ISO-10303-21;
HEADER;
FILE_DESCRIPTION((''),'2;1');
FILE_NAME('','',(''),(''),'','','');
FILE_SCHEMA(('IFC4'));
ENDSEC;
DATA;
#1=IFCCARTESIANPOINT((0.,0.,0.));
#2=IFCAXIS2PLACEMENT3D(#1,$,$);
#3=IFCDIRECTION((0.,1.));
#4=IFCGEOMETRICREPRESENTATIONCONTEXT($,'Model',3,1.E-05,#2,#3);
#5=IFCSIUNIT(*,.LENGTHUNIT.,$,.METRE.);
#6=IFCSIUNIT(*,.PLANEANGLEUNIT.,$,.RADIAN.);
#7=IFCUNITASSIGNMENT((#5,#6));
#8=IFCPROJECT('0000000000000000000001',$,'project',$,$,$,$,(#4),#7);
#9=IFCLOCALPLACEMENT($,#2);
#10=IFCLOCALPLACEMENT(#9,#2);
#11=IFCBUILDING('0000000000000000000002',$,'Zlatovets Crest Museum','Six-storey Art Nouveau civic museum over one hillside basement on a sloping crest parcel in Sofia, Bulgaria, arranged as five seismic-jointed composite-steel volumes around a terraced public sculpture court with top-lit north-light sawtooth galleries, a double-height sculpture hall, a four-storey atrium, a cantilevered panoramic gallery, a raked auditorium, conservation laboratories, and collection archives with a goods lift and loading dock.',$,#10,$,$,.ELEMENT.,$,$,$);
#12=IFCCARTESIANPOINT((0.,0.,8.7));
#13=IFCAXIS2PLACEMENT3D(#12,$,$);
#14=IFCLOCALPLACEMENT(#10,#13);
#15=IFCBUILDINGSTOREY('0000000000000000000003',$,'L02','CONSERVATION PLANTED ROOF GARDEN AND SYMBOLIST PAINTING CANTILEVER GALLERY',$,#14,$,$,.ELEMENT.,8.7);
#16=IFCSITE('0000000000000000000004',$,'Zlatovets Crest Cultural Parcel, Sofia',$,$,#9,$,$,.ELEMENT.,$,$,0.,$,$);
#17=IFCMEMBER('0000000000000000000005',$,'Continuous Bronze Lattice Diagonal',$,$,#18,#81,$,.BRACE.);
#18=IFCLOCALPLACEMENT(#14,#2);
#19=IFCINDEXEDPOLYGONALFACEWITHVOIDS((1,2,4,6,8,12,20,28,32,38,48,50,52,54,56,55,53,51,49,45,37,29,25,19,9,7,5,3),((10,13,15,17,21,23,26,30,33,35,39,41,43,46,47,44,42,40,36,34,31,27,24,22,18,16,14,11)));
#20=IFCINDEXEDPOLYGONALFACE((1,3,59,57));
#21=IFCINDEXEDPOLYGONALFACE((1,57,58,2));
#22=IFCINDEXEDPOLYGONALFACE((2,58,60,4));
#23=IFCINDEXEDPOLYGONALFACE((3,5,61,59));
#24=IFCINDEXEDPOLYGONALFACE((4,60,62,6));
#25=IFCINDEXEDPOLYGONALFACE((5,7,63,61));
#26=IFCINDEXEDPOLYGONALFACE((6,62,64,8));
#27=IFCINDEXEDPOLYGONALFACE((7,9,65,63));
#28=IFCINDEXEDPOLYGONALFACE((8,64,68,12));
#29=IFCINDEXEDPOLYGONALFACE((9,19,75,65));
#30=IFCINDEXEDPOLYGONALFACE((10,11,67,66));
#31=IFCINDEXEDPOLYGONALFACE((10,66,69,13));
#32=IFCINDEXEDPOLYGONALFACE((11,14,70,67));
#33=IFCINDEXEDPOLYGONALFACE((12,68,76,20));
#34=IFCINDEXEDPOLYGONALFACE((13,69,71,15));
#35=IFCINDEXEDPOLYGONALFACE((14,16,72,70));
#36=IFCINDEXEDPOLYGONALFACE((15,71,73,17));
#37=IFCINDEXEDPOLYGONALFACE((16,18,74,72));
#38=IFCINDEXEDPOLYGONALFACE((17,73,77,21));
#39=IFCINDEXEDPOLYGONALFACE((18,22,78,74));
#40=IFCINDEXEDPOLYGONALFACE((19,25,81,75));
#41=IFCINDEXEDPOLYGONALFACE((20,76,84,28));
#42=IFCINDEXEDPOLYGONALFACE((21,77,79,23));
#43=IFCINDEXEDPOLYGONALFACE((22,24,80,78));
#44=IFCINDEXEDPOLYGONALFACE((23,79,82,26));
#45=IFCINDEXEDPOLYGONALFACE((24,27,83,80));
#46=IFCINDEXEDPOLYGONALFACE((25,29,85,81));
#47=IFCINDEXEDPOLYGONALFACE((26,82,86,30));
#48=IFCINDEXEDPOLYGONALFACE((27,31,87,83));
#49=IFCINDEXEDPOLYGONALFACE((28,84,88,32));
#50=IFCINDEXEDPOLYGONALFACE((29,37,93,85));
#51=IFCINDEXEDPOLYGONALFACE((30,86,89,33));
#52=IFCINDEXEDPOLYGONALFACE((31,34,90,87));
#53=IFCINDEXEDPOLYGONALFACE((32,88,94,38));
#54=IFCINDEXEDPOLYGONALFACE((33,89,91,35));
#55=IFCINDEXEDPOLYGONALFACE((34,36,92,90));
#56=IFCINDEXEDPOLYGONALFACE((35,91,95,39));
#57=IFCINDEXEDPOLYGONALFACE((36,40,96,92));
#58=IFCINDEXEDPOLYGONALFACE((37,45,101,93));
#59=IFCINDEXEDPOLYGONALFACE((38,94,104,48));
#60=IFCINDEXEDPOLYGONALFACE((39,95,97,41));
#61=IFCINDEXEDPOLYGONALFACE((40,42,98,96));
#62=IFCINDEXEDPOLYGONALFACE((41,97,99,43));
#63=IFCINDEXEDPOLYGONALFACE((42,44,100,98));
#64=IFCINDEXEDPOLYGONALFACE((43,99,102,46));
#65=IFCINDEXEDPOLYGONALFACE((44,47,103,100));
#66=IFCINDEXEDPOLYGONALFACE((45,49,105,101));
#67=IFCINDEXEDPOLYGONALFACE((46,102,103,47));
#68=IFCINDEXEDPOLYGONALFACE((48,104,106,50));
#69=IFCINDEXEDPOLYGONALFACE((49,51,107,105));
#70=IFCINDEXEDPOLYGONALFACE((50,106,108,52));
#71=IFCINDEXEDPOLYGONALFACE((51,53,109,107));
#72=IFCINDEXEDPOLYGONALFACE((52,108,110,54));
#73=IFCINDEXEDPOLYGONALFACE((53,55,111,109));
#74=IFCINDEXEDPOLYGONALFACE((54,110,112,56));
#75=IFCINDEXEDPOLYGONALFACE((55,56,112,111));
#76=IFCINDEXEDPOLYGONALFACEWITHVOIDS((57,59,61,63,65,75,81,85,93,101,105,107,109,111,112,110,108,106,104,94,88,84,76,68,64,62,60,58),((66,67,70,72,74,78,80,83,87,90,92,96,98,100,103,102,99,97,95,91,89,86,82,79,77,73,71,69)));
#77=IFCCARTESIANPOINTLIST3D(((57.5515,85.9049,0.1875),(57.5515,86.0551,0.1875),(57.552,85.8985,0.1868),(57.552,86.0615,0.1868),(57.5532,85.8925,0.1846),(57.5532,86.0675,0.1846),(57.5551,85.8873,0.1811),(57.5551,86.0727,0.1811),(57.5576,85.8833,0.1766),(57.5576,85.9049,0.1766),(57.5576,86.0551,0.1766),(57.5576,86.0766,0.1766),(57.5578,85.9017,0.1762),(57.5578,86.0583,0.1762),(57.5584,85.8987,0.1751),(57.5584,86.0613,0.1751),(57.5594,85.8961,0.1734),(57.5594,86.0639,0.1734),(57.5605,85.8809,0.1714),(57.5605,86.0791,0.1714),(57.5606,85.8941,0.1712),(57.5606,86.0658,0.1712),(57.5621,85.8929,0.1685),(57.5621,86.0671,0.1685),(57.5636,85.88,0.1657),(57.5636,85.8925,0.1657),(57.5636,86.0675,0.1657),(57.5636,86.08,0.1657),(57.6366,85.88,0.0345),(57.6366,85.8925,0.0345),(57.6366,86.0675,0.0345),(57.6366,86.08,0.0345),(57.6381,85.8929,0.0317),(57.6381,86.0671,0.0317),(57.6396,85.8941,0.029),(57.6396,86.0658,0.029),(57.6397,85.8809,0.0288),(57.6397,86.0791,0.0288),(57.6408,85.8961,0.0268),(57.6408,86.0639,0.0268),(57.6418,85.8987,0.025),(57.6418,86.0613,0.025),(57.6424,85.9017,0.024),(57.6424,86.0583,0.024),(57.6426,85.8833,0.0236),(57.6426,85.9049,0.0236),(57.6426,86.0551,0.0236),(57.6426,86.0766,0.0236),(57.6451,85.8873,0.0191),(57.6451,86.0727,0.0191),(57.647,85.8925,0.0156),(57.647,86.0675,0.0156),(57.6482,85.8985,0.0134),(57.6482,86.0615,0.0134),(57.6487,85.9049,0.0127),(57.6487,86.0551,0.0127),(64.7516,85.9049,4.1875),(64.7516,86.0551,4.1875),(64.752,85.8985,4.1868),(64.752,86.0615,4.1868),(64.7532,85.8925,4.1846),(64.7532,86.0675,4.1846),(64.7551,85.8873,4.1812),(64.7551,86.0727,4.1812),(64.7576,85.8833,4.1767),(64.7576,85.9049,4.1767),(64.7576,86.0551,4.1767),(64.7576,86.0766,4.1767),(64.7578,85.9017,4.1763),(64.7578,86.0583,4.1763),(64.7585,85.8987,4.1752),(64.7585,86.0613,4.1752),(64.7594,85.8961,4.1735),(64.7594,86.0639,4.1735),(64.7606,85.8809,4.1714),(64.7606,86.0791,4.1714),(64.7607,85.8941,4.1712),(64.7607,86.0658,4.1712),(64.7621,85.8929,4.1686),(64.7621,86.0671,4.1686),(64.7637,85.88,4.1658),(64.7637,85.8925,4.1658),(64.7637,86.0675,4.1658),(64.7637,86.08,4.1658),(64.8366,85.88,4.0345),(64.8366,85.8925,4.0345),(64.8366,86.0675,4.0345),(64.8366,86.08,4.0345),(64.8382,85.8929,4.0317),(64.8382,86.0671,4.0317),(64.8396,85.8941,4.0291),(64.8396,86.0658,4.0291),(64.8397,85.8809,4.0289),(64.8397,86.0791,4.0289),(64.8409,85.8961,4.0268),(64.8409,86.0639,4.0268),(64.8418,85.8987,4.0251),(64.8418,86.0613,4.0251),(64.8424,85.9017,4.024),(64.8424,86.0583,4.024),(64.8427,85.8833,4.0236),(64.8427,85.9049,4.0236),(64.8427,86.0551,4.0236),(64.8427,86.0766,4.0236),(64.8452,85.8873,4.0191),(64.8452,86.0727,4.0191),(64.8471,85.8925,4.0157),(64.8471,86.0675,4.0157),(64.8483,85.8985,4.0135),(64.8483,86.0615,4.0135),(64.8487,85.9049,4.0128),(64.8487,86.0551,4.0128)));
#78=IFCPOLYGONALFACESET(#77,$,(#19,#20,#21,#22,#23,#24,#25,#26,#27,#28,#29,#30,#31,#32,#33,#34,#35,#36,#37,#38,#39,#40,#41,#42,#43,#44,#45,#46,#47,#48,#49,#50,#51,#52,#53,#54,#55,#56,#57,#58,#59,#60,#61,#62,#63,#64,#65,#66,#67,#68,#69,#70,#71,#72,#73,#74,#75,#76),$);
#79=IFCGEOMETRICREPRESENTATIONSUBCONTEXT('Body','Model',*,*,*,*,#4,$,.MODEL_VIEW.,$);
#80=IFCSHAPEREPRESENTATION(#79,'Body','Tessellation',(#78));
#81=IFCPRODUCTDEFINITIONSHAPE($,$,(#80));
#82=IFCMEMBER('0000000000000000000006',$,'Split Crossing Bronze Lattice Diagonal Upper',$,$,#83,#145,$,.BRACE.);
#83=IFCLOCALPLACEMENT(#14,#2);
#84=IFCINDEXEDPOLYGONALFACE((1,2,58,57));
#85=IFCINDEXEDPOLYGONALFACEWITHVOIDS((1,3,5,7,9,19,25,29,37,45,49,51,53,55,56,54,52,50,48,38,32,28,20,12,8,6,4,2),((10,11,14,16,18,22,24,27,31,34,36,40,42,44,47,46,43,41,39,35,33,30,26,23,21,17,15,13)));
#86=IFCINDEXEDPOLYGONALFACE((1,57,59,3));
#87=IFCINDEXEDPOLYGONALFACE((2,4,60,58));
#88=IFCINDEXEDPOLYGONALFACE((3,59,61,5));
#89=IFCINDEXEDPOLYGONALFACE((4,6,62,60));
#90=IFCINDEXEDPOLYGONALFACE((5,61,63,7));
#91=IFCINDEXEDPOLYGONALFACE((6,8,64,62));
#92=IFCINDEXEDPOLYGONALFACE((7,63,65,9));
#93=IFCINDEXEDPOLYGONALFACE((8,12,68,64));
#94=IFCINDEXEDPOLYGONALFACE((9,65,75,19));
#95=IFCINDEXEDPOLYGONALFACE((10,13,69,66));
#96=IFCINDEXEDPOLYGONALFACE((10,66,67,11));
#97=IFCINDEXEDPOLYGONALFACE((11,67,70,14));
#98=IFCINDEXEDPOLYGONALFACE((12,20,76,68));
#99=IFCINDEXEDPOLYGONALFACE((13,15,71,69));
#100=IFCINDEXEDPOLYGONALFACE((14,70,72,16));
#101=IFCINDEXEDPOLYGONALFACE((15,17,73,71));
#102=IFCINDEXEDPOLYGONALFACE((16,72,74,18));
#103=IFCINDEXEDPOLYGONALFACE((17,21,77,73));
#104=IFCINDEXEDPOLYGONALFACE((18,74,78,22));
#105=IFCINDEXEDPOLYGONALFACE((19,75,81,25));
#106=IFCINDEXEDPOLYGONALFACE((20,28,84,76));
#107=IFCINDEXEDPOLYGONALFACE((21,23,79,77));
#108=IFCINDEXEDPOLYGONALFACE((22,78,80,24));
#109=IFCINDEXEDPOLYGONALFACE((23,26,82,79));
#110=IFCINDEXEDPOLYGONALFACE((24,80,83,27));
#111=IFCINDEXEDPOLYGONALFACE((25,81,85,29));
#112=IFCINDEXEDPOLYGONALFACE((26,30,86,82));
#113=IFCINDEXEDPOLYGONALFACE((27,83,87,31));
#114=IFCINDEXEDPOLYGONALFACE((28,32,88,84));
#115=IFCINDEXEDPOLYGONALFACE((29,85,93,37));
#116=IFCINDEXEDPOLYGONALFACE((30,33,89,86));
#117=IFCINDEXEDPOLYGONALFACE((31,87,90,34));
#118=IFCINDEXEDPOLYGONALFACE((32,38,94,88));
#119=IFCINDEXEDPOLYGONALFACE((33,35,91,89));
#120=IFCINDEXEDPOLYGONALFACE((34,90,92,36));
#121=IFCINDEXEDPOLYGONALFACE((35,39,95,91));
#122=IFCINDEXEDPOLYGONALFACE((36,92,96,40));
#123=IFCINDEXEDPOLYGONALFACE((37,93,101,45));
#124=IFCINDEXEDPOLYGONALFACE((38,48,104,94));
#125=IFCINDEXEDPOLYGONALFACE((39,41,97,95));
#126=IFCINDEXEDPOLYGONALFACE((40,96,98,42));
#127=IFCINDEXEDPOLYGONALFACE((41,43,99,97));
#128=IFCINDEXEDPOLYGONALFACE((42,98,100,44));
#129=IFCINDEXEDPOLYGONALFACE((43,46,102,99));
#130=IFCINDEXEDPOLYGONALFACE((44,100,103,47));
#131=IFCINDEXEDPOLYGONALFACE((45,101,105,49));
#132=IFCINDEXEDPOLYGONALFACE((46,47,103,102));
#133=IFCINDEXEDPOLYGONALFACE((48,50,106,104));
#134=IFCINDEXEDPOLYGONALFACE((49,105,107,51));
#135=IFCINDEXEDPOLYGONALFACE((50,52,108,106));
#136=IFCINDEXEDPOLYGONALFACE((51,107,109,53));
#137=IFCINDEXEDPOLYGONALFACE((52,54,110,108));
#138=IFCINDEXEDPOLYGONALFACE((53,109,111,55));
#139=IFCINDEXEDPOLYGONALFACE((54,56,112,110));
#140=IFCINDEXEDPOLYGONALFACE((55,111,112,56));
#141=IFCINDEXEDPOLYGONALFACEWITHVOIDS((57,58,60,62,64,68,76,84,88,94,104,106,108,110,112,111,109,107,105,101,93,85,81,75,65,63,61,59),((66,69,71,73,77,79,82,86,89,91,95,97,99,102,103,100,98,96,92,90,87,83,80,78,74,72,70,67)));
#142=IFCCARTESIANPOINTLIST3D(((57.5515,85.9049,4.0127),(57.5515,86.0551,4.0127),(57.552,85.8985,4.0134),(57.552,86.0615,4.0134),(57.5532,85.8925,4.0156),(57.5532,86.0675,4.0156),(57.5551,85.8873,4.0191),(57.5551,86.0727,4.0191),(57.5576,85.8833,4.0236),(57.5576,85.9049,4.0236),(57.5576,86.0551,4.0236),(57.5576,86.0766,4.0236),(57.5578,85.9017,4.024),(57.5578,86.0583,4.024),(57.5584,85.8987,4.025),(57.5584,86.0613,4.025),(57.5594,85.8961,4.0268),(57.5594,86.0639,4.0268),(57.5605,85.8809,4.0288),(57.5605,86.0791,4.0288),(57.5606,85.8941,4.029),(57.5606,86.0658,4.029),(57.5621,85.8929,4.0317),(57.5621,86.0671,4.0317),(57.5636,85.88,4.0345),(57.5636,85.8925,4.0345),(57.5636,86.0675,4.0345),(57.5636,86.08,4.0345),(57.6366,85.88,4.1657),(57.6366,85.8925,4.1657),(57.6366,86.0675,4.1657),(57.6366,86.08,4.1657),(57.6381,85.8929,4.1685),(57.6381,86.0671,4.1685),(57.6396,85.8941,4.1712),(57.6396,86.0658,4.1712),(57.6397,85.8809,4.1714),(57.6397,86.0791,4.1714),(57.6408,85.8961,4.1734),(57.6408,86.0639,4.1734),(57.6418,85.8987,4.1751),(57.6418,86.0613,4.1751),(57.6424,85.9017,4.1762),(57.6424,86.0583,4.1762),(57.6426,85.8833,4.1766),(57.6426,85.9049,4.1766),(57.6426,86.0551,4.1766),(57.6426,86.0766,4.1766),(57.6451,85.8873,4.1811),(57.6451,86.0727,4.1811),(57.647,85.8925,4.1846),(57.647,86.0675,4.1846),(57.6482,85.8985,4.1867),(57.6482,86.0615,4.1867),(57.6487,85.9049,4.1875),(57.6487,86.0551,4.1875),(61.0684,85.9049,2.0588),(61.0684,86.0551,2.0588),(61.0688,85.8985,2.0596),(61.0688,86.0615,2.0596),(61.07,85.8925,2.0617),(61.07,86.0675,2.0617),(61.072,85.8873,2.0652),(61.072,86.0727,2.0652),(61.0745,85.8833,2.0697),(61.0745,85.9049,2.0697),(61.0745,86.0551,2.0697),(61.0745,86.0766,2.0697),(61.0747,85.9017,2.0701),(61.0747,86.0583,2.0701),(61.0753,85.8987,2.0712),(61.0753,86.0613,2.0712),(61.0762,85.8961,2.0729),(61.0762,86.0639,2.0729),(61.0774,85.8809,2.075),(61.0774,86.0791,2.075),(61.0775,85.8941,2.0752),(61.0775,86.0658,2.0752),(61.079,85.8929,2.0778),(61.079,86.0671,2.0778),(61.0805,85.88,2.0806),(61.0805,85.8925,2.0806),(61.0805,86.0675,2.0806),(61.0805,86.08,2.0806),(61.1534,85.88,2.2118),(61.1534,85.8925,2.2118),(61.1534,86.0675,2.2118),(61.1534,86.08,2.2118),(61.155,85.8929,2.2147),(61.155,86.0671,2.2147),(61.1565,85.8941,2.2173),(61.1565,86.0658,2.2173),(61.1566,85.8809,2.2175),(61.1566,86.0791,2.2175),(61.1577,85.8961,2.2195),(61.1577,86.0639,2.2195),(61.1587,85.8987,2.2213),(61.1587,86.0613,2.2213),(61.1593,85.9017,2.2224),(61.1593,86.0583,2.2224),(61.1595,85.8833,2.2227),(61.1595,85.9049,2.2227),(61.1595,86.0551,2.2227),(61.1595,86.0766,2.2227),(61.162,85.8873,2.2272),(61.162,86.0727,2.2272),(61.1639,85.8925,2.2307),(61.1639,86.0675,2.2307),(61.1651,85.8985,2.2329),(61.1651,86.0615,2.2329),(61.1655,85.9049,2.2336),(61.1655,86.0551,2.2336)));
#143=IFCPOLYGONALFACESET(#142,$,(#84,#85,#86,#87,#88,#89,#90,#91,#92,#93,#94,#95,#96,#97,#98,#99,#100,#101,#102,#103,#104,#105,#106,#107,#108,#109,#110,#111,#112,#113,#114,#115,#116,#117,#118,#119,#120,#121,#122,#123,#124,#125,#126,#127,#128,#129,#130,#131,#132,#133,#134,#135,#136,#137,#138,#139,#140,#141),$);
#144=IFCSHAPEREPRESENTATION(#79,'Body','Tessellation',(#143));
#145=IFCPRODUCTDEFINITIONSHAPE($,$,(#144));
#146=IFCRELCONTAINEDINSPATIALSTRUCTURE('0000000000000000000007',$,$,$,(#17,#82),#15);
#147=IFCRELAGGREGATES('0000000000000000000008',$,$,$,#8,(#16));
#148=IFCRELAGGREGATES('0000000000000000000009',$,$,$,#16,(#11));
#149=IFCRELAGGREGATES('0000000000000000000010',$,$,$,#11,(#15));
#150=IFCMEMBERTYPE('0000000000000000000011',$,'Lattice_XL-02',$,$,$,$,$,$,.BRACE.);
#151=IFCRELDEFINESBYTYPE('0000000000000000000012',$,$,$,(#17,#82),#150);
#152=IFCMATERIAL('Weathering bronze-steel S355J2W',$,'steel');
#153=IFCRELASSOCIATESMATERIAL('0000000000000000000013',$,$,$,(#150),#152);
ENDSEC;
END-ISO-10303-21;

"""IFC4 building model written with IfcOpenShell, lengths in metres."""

from ifc_helpers import new_model, si_unit, direction, frame, origin, origin_2d, place, context, subcontext, project, spatial, hollow_rectangle, extrude, material, material_profile, profile_set, type_object, element, save


model = new_model("IFC4")

# Units and contexts
model_context = context("Model", 3, precision=1e-05, world=origin(), true_north=direction((0.0, 1.0)))
body_context = subcontext(model_context, "Body", "Model", "MODEL_VIEW")
ifc_project = project(units=[si_unit("LENGTHUNIT", "METRE"), si_unit("PLANEANGLEUNIT", "RADIAN")], contexts=[model_context])

# Site, building, storey
site_placement = place(None, origin())
site = spatial("IfcSite", under=ifc_project, at=site_placement, Name="Zlatovets Crest Cultural Parcel, Sofia", CompositionType="ELEMENT", RefElevation=0.0)
building_placement = place(site_placement, origin())
building = spatial("IfcBuilding", under=site, at=building_placement, Name="Zlatovets Crest Museum", Description="Six-storey Art Nouveau civic museum over one hillside basement on a sloping crest parcel in Sofia, Bulgaria, arranged as five seismic-jointed composite-steel volumes around a terraced public sculpture court with top-lit north-light sawtooth galleries, a double-height sculpture hall, a four-storey atrium, a cantilevered panoramic gallery, a raked auditorium, conservation laboratories, and collection archives with a goods lift and loading dock.", CompositionType="ELEMENT")
storey_placement = place(building_placement, frame((0.0, 0.0, 8.7)))
storey = spatial("IfcBuildingStorey", under=building, at=storey_placement, Name="L02", Description="CONSERVATION PLANTED ROOF GARDEN AND SYMBOLIST PAINTING CANTILEVER GALLERY", CompositionType="ELEMENT", Elevation=8.7)

# Members
ifc_material_1 = material(Name="Weathering bronze-steel S355J2W", Category="steel")
ifc_material_profile_1 = material_profile(ifc_material_1, hollow_rectangle(XDim=0.2, YDim=0.2, WallThickness=0.0125, InnerFilletRadius=0.0125, OuterFilletRadius=0.0249, at=origin_2d()), Name="SHS 200x200x12.5")
ifc_profile_set_1 = profile_set([ifc_material_profile_1], Name="Weathering bronze-steel S355J2W")
member_type_1 = type_object("IfcMemberType", Name="Lattice_XL-02", PredefinedType="BRACE", material=ifc_profile_set_1)
member_1_placement = place(storey_placement, frame((57.6001, 85.98, 0.1001), z_axis=(0.874156, 0.0, 0.485645), x_axis=(0.0, 1.0, 0.0)))
element("IfcMember", 1, at=member_1_placement, inside=storey, type_object=member_type_1, Name="Continuous Bronze Lattice Diagonal", PredefinedType="BRACE", context=body_context, shape_type="SweptSolid", body=[
    extrude(hollow_rectangle(XDim=0.2, YDim=0.2, WallThickness=0.0125, InnerFilletRadius=0.0125, OuterFilletRadius=0.0249, at=origin_2d()), origin(), (0.0, 0.0, 1.0), 8.2366),
])
member_2_placement = place(storey_placement, frame((57.6001, 85.98, 4.1001), z_axis=(0.874152, 0.0, -0.485653), x_axis=(0.0, 1.0, 0.0)))
element("IfcMember", 2, at=member_2_placement, inside=storey, type_object=member_type_1, Name="Split Crossing Bronze Lattice Diagonal Upper", PredefinedType="BRACE", context=body_context, shape_type="SweptSolid", body=[
    extrude(hollow_rectangle(XDim=0.2, YDim=0.2, WallThickness=0.0125, InnerFilletRadius=0.0125, OuterFilletRadius=0.0249, at=origin_2d()), origin(), (0.0, 0.0, 1.0), 4.0232),
])

save(model, "model.ifc")
